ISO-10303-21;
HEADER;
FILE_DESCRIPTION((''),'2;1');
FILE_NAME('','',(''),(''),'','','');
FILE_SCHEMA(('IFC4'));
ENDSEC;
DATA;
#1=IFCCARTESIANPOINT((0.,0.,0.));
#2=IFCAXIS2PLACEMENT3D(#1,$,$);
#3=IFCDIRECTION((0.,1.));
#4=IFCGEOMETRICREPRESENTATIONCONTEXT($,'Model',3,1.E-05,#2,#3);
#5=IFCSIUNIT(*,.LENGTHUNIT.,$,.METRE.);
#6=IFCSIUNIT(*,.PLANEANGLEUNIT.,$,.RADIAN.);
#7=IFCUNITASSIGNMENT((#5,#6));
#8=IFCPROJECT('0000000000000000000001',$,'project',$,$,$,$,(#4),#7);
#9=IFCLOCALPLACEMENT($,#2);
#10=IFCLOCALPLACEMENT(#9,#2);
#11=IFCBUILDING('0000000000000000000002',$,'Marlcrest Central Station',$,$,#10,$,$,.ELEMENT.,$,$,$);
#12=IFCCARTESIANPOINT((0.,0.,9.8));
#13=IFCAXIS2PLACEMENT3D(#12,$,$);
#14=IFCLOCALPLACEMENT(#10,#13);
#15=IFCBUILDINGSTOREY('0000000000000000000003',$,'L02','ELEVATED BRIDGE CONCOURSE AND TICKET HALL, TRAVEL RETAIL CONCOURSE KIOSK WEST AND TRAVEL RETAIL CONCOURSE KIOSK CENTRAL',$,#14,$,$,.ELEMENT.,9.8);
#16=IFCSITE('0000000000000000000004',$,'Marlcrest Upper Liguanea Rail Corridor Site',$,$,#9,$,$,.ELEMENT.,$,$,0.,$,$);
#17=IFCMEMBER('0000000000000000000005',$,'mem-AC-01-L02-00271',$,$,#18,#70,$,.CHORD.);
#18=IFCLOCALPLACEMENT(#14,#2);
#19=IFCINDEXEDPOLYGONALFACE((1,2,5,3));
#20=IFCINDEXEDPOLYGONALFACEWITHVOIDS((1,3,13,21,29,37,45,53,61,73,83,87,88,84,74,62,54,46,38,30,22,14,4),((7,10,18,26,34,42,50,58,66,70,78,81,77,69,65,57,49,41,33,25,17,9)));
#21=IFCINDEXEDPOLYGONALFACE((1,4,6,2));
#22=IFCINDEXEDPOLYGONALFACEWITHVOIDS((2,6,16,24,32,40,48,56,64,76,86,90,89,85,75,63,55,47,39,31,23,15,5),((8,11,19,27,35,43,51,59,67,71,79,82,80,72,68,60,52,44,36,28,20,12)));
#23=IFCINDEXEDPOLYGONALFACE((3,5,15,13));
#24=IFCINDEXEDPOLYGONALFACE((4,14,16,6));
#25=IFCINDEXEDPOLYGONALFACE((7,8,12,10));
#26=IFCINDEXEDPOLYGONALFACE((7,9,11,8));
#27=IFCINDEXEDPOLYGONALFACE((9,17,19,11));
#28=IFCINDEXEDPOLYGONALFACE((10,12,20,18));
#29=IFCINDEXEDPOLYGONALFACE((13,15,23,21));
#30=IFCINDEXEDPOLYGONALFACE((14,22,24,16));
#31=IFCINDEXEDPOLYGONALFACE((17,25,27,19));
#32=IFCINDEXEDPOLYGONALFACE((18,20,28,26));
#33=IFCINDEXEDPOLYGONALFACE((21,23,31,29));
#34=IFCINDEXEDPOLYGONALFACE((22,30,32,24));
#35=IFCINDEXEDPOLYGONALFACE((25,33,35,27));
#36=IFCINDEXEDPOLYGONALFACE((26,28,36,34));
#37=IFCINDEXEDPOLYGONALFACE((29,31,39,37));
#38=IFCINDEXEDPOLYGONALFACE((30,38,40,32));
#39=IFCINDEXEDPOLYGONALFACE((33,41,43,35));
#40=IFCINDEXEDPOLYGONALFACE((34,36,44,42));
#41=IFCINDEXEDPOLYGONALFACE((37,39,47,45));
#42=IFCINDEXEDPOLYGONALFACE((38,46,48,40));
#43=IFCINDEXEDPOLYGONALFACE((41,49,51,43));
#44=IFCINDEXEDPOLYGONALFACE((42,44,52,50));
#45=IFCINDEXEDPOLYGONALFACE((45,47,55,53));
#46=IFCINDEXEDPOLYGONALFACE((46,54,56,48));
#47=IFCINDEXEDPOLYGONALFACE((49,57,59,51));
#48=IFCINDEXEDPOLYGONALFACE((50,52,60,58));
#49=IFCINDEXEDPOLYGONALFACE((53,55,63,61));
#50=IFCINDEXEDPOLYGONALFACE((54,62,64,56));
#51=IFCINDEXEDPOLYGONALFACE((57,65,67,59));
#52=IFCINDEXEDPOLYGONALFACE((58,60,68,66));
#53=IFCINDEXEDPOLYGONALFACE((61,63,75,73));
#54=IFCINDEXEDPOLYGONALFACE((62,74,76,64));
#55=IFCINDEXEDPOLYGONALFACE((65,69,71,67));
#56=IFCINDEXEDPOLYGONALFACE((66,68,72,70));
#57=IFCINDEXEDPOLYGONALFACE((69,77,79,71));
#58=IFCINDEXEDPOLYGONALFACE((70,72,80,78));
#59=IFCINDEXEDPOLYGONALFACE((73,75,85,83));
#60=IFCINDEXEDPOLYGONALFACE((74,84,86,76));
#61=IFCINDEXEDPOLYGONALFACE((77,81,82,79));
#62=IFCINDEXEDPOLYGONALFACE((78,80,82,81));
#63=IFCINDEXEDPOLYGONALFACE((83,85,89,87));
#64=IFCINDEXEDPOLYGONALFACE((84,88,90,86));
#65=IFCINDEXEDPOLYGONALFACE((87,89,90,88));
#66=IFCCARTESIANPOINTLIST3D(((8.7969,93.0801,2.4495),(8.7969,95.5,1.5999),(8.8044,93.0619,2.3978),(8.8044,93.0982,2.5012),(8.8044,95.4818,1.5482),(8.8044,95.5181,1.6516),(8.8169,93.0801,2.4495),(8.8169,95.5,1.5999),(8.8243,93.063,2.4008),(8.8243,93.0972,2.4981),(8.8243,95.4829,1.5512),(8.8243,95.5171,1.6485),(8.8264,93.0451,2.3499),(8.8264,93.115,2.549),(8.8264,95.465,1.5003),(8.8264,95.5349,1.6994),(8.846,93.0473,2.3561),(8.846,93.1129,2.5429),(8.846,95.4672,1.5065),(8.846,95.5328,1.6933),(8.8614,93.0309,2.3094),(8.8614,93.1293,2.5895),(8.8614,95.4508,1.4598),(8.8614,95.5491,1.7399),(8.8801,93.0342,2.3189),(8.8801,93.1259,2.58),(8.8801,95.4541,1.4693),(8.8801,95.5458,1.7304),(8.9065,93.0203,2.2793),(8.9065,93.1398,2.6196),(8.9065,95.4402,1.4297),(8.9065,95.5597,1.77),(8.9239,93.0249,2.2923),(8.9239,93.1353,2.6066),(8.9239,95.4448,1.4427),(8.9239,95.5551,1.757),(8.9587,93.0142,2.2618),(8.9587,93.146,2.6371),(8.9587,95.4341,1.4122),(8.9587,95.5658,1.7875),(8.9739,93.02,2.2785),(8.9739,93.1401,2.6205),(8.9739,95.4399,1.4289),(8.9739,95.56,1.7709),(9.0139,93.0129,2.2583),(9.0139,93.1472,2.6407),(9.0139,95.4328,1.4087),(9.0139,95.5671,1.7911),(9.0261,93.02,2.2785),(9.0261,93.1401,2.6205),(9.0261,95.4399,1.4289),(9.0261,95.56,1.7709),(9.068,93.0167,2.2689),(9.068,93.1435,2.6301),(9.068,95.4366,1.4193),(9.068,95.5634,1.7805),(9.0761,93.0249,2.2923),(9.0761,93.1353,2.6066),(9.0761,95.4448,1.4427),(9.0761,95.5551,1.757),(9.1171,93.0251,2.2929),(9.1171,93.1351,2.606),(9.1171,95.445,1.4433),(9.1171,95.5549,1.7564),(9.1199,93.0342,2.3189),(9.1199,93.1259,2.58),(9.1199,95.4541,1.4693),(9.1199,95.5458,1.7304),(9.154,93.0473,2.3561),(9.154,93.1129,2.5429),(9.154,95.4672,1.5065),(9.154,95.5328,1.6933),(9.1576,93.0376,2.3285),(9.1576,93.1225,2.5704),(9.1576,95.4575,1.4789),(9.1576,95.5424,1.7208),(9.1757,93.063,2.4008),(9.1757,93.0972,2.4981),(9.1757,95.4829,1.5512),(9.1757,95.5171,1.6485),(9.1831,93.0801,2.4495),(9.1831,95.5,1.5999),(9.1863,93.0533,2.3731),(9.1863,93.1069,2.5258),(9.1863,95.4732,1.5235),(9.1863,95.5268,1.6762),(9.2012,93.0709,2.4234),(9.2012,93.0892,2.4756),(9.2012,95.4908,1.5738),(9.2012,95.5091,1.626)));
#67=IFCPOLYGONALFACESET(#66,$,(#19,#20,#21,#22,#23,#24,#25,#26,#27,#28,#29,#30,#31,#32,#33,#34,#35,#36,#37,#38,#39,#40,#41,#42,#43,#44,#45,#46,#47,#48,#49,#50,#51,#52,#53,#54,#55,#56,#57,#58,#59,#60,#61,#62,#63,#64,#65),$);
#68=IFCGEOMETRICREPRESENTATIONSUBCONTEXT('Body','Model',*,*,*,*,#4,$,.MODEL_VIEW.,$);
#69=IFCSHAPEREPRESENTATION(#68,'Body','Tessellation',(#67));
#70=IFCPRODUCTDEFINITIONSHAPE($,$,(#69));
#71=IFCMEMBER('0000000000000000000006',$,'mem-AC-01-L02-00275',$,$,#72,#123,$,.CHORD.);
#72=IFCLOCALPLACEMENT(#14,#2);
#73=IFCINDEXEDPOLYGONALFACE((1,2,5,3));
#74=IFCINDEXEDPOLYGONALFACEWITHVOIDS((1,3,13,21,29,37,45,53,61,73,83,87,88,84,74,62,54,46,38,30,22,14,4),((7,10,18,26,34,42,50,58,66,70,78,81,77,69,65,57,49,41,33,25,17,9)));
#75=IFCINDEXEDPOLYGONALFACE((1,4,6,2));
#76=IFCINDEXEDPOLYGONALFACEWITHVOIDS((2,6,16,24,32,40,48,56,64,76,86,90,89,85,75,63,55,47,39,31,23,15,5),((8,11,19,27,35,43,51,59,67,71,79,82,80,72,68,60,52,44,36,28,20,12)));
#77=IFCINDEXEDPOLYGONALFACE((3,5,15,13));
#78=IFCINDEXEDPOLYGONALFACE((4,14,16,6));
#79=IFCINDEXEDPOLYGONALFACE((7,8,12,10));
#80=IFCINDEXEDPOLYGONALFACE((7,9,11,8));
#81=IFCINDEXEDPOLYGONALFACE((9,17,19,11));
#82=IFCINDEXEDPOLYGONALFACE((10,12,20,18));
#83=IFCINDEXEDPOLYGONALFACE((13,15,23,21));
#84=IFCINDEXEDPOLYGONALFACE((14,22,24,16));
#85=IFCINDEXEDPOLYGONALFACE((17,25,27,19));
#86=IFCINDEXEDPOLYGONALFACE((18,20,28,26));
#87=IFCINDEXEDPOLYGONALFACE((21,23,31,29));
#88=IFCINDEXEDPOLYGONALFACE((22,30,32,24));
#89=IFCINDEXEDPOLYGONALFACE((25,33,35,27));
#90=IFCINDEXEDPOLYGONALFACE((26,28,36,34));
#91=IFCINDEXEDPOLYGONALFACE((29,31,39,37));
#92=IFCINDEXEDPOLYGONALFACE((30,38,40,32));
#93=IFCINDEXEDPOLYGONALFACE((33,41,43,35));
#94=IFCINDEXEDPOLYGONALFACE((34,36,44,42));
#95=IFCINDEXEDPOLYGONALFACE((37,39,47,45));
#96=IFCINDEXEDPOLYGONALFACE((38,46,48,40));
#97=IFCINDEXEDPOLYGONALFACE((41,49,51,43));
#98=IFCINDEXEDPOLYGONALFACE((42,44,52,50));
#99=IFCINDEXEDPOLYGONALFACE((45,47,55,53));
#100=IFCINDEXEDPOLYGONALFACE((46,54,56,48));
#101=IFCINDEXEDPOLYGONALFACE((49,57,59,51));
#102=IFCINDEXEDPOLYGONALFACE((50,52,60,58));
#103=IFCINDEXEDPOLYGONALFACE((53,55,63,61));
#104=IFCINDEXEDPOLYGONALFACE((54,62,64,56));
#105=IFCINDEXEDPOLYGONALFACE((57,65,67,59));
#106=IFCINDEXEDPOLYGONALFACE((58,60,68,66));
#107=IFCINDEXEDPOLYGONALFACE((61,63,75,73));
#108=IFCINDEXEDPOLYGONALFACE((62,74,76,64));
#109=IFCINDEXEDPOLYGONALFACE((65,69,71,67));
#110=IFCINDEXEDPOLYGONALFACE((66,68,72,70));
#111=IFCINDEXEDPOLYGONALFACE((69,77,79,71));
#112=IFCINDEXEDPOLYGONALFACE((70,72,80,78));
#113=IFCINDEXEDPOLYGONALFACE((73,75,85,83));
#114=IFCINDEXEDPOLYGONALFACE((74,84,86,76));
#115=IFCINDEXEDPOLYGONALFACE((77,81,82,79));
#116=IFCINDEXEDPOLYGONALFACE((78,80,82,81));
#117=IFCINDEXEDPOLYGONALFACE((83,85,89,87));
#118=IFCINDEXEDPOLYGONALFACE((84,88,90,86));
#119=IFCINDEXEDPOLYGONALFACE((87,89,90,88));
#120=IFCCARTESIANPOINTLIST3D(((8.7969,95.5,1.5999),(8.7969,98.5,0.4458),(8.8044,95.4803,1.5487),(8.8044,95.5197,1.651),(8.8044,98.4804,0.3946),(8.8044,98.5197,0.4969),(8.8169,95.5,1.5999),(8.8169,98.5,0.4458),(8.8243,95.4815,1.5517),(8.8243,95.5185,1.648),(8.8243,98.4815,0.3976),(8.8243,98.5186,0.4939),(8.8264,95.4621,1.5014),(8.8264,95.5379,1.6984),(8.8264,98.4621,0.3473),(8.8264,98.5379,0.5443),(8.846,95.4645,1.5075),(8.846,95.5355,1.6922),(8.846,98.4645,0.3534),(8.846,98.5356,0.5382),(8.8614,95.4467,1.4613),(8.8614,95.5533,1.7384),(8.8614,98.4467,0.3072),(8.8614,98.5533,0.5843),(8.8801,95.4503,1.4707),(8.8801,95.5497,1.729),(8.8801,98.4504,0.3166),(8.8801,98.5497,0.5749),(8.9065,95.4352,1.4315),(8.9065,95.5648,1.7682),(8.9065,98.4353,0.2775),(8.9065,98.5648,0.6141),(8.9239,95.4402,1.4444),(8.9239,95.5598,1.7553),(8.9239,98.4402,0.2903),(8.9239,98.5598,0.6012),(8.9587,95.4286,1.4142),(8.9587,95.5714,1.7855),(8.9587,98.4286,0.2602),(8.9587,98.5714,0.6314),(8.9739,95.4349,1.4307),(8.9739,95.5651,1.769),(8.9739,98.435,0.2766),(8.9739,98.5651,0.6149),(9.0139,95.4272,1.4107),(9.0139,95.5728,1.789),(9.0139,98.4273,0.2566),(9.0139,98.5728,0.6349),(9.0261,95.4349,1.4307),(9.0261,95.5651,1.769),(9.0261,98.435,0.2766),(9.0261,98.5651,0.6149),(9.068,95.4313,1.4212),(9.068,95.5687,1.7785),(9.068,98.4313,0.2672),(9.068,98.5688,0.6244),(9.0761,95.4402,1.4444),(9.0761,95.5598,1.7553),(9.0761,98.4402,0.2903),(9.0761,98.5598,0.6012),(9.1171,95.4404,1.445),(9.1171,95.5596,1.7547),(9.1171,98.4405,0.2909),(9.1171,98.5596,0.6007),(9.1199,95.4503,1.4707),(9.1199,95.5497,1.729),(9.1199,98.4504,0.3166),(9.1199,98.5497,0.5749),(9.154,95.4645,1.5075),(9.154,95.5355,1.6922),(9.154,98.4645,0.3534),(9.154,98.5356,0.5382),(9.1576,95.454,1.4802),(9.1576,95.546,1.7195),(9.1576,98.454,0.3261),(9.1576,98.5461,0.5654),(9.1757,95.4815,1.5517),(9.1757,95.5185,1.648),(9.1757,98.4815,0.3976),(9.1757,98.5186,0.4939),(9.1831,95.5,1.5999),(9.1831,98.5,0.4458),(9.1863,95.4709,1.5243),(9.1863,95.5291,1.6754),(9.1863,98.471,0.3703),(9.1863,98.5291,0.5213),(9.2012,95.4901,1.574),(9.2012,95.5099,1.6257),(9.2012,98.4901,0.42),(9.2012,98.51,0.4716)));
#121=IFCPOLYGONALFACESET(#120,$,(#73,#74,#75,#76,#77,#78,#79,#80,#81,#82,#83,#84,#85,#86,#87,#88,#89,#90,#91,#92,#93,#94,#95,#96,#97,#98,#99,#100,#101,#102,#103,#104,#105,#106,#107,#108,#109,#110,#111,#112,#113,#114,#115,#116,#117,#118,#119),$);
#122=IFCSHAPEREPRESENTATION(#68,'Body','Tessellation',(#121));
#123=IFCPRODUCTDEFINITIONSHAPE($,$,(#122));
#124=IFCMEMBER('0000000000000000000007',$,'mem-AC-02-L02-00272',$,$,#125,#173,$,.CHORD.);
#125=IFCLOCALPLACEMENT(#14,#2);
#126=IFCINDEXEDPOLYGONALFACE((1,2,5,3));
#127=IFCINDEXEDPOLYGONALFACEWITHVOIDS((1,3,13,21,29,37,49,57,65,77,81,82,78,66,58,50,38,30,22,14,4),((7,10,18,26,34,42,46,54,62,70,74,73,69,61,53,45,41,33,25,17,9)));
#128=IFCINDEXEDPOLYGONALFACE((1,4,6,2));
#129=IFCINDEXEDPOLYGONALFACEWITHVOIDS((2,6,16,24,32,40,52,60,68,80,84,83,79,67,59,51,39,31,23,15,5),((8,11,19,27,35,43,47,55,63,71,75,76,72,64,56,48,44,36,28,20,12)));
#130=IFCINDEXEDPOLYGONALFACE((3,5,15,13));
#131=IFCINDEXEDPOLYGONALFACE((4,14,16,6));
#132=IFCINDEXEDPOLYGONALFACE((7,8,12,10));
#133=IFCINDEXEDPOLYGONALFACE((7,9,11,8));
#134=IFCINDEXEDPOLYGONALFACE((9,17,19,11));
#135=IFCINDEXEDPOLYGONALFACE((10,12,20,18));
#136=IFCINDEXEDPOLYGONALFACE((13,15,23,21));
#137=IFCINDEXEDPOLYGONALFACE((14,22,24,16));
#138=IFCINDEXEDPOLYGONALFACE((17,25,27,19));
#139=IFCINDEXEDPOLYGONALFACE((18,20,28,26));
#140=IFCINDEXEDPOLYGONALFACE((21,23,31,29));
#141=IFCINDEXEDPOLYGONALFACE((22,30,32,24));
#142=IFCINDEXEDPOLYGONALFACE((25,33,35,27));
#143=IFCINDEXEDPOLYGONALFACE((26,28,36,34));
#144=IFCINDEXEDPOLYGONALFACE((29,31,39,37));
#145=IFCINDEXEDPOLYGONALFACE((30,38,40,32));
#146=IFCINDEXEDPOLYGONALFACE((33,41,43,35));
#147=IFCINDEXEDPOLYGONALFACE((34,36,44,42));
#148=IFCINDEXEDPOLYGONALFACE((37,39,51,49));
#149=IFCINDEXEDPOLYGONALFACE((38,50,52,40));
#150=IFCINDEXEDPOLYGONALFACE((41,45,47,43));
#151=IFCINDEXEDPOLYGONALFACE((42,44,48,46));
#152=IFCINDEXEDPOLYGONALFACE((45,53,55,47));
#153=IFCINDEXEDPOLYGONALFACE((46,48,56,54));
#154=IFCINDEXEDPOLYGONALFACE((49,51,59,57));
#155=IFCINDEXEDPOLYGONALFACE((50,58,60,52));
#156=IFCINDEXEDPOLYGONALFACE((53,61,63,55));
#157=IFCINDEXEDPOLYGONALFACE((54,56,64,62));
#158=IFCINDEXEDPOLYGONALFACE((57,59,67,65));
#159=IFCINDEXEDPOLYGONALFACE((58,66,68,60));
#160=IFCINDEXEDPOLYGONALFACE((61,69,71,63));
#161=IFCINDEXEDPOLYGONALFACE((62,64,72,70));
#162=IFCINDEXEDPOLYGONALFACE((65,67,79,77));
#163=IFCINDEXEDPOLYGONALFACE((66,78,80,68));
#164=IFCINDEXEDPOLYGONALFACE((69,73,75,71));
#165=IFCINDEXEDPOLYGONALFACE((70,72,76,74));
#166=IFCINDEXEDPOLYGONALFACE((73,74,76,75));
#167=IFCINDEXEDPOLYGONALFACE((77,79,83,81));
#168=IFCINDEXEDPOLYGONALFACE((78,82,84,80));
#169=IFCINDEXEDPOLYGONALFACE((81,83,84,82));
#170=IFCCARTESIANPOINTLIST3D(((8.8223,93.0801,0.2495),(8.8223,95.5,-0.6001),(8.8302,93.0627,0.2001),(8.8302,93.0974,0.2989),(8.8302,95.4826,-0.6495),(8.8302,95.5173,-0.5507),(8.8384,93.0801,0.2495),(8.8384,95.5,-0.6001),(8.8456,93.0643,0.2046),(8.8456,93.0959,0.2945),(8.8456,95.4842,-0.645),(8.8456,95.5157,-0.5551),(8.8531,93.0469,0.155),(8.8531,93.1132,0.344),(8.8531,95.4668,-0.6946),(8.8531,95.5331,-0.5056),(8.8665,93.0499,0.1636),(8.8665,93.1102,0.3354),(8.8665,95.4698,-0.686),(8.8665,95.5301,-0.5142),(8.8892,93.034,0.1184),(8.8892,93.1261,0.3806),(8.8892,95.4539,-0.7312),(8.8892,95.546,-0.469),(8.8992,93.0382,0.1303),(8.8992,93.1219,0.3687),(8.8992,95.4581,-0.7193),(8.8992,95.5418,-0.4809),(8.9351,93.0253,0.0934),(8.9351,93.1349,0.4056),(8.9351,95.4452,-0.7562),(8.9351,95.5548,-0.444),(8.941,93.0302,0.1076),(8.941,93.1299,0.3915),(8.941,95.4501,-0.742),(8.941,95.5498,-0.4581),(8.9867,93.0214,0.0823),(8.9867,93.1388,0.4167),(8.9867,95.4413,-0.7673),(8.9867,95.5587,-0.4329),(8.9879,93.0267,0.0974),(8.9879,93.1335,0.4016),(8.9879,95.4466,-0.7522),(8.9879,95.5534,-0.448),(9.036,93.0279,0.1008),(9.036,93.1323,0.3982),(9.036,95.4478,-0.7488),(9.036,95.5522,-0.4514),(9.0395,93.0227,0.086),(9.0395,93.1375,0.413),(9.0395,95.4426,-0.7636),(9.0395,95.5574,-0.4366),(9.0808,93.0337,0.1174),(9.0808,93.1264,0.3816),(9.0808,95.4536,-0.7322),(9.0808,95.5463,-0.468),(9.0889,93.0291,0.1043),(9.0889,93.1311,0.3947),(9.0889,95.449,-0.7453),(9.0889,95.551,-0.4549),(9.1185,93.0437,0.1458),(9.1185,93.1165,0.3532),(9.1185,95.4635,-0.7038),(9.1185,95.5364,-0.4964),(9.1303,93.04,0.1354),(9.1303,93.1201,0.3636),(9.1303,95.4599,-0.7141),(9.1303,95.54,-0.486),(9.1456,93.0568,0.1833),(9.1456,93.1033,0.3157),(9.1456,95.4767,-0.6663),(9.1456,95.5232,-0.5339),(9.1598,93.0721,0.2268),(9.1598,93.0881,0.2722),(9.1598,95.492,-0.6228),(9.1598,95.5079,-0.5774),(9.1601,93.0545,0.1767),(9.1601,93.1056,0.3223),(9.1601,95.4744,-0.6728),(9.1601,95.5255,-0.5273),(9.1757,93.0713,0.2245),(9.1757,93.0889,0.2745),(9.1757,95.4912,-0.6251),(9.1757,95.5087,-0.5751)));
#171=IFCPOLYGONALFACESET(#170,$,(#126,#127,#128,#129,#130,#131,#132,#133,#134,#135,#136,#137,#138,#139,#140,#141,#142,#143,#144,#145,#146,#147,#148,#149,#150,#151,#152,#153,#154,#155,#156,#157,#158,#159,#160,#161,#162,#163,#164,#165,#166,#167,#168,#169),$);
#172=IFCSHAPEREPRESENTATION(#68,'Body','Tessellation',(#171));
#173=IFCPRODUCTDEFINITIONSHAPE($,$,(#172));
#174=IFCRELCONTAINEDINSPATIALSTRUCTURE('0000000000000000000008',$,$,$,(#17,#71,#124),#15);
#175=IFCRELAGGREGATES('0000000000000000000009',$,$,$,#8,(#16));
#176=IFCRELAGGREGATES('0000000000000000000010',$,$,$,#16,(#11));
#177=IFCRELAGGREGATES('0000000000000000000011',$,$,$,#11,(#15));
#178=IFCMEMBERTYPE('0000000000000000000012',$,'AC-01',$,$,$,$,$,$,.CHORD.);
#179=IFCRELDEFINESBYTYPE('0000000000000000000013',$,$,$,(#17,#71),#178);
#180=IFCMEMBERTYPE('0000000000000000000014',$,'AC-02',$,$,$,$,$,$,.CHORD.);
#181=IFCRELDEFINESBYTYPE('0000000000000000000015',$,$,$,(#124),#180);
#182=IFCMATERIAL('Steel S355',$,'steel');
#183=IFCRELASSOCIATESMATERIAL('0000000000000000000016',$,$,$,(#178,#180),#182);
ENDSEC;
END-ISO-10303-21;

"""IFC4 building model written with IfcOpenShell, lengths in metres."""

from ifc_helpers import new_model, si_unit, direction, frame, origin, origin_2d, place, context, subcontext, project, spatial, hollow_circle, extrude, material, material_profile, profile_set, type_object, element, save


model = new_model("IFC4")

# Units and contexts
model_context = context("Model", 3, precision=1e-05, world=origin(), true_north=direction((0.0, 1.0)))
body_context = subcontext(model_context, "Body", "Model", "MODEL_VIEW")
ifc_project = project(units=[si_unit("LENGTHUNIT", "METRE"), si_unit("PLANEANGLEUNIT", "RADIAN")], contexts=[model_context])

# Site, building, storey
site_placement = place(None, origin())
site = spatial("IfcSite", under=ifc_project, at=site_placement, Name="Marlcrest Upper Liguanea Rail Corridor Site", CompositionType="ELEMENT", RefElevation=0.0)
building_placement = place(site_placement, origin())
building = spatial("IfcBuilding", under=site, at=building_placement, Name="Marlcrest Central Station", CompositionType="ELEMENT")
storey_placement = place(building_placement, frame((0.0, 0.0, 9.8)))
storey = spatial("IfcBuildingStorey", under=building, at=storey_placement, Name="L02", Description="ELEVATED BRIDGE CONCOURSE AND TICKET HALL, TRAVEL RETAIL CONCOURSE KIOSK WEST AND TRAVEL RETAIL CONCOURSE KIOSK CENTRAL", CompositionType="ELEMENT", Elevation=9.8)

# Members
ifc_material_1 = material(Name="Steel S355", Category="steel")
ifc_material_profile_1 = material_profile(ifc_material_1, hollow_circle(Radius=0.2031, WallThickness=0.02, at=origin_2d()), Name="CHS 406.4x20")
ifc_profile_set_1 = profile_set([ifc_material_profile_1], Name="Steel S355")
member_type_1 = type_object("IfcMemberType", Name="AC-01", PredefinedType="CHORD", material=ifc_profile_set_1)
member_1_placement = place(storey_placement, frame((9.0, 93.0801, 2.4495), z_axis=(0.0, 0.943537, -0.331266), x_axis=(-1.0, 0.0, 0.0)))
element("IfcMember", 1, at=member_1_placement, inside=storey, type_object=member_type_1, Name="mem-AC-01-L02-00271", PredefinedType="CHORD", context=body_context, shape_type="SweptSolid", body=[
    extrude(hollow_circle(Radius=0.2031, WallThickness=0.02, at=origin_2d()), origin(), (0.0, 0.0, 1.0), 2.5647),
])
member_2_placement = place(storey_placement, frame((9.0, 95.5, 1.5999), z_axis=(0.0, 0.933324, -0.359035), x_axis=(-1.0, 0.0, 0.0)))
element("IfcMember", 2, at=member_2_placement, inside=storey, type_object=member_type_1, Name="mem-AC-01-L02-00275", PredefinedType="CHORD", context=body_context, shape_type="SweptSolid", body=[
    extrude(hollow_circle(Radius=0.2031, WallThickness=0.02, at=origin_2d()), origin(), (0.0, 0.0, 1.0), 3.2144),
])
ifc_material_profile_2 = material_profile(ifc_material_1, hollow_circle(Radius=0.1777, WallThickness=0.0161, at=origin_2d()), Name="CHS 355.6x16")
ifc_profile_set_2 = profile_set([ifc_material_profile_2], Name="Steel S355")
member_type_2 = type_object("IfcMemberType", Name="AC-02", PredefinedType="CHORD", material=ifc_profile_set_2)
member_3_placement = place(storey_placement, frame((9.0, 93.0801, 0.2495), z_axis=(0.0, 0.943537, -0.331266), x_axis=(-1.0, 0.0, 0.0)))
element("IfcMember", 3, at=member_3_placement, inside=storey, type_object=member_type_2, Name="mem-AC-02-L02-00272", PredefinedType="CHORD", context=body_context, shape_type="SweptSolid", body=[
    extrude(hollow_circle(Radius=0.1777, WallThickness=0.0161, at=origin_2d()), origin(), (0.0, 0.0, 1.0), 2.5647),
])

save(model, "model.ifc")
